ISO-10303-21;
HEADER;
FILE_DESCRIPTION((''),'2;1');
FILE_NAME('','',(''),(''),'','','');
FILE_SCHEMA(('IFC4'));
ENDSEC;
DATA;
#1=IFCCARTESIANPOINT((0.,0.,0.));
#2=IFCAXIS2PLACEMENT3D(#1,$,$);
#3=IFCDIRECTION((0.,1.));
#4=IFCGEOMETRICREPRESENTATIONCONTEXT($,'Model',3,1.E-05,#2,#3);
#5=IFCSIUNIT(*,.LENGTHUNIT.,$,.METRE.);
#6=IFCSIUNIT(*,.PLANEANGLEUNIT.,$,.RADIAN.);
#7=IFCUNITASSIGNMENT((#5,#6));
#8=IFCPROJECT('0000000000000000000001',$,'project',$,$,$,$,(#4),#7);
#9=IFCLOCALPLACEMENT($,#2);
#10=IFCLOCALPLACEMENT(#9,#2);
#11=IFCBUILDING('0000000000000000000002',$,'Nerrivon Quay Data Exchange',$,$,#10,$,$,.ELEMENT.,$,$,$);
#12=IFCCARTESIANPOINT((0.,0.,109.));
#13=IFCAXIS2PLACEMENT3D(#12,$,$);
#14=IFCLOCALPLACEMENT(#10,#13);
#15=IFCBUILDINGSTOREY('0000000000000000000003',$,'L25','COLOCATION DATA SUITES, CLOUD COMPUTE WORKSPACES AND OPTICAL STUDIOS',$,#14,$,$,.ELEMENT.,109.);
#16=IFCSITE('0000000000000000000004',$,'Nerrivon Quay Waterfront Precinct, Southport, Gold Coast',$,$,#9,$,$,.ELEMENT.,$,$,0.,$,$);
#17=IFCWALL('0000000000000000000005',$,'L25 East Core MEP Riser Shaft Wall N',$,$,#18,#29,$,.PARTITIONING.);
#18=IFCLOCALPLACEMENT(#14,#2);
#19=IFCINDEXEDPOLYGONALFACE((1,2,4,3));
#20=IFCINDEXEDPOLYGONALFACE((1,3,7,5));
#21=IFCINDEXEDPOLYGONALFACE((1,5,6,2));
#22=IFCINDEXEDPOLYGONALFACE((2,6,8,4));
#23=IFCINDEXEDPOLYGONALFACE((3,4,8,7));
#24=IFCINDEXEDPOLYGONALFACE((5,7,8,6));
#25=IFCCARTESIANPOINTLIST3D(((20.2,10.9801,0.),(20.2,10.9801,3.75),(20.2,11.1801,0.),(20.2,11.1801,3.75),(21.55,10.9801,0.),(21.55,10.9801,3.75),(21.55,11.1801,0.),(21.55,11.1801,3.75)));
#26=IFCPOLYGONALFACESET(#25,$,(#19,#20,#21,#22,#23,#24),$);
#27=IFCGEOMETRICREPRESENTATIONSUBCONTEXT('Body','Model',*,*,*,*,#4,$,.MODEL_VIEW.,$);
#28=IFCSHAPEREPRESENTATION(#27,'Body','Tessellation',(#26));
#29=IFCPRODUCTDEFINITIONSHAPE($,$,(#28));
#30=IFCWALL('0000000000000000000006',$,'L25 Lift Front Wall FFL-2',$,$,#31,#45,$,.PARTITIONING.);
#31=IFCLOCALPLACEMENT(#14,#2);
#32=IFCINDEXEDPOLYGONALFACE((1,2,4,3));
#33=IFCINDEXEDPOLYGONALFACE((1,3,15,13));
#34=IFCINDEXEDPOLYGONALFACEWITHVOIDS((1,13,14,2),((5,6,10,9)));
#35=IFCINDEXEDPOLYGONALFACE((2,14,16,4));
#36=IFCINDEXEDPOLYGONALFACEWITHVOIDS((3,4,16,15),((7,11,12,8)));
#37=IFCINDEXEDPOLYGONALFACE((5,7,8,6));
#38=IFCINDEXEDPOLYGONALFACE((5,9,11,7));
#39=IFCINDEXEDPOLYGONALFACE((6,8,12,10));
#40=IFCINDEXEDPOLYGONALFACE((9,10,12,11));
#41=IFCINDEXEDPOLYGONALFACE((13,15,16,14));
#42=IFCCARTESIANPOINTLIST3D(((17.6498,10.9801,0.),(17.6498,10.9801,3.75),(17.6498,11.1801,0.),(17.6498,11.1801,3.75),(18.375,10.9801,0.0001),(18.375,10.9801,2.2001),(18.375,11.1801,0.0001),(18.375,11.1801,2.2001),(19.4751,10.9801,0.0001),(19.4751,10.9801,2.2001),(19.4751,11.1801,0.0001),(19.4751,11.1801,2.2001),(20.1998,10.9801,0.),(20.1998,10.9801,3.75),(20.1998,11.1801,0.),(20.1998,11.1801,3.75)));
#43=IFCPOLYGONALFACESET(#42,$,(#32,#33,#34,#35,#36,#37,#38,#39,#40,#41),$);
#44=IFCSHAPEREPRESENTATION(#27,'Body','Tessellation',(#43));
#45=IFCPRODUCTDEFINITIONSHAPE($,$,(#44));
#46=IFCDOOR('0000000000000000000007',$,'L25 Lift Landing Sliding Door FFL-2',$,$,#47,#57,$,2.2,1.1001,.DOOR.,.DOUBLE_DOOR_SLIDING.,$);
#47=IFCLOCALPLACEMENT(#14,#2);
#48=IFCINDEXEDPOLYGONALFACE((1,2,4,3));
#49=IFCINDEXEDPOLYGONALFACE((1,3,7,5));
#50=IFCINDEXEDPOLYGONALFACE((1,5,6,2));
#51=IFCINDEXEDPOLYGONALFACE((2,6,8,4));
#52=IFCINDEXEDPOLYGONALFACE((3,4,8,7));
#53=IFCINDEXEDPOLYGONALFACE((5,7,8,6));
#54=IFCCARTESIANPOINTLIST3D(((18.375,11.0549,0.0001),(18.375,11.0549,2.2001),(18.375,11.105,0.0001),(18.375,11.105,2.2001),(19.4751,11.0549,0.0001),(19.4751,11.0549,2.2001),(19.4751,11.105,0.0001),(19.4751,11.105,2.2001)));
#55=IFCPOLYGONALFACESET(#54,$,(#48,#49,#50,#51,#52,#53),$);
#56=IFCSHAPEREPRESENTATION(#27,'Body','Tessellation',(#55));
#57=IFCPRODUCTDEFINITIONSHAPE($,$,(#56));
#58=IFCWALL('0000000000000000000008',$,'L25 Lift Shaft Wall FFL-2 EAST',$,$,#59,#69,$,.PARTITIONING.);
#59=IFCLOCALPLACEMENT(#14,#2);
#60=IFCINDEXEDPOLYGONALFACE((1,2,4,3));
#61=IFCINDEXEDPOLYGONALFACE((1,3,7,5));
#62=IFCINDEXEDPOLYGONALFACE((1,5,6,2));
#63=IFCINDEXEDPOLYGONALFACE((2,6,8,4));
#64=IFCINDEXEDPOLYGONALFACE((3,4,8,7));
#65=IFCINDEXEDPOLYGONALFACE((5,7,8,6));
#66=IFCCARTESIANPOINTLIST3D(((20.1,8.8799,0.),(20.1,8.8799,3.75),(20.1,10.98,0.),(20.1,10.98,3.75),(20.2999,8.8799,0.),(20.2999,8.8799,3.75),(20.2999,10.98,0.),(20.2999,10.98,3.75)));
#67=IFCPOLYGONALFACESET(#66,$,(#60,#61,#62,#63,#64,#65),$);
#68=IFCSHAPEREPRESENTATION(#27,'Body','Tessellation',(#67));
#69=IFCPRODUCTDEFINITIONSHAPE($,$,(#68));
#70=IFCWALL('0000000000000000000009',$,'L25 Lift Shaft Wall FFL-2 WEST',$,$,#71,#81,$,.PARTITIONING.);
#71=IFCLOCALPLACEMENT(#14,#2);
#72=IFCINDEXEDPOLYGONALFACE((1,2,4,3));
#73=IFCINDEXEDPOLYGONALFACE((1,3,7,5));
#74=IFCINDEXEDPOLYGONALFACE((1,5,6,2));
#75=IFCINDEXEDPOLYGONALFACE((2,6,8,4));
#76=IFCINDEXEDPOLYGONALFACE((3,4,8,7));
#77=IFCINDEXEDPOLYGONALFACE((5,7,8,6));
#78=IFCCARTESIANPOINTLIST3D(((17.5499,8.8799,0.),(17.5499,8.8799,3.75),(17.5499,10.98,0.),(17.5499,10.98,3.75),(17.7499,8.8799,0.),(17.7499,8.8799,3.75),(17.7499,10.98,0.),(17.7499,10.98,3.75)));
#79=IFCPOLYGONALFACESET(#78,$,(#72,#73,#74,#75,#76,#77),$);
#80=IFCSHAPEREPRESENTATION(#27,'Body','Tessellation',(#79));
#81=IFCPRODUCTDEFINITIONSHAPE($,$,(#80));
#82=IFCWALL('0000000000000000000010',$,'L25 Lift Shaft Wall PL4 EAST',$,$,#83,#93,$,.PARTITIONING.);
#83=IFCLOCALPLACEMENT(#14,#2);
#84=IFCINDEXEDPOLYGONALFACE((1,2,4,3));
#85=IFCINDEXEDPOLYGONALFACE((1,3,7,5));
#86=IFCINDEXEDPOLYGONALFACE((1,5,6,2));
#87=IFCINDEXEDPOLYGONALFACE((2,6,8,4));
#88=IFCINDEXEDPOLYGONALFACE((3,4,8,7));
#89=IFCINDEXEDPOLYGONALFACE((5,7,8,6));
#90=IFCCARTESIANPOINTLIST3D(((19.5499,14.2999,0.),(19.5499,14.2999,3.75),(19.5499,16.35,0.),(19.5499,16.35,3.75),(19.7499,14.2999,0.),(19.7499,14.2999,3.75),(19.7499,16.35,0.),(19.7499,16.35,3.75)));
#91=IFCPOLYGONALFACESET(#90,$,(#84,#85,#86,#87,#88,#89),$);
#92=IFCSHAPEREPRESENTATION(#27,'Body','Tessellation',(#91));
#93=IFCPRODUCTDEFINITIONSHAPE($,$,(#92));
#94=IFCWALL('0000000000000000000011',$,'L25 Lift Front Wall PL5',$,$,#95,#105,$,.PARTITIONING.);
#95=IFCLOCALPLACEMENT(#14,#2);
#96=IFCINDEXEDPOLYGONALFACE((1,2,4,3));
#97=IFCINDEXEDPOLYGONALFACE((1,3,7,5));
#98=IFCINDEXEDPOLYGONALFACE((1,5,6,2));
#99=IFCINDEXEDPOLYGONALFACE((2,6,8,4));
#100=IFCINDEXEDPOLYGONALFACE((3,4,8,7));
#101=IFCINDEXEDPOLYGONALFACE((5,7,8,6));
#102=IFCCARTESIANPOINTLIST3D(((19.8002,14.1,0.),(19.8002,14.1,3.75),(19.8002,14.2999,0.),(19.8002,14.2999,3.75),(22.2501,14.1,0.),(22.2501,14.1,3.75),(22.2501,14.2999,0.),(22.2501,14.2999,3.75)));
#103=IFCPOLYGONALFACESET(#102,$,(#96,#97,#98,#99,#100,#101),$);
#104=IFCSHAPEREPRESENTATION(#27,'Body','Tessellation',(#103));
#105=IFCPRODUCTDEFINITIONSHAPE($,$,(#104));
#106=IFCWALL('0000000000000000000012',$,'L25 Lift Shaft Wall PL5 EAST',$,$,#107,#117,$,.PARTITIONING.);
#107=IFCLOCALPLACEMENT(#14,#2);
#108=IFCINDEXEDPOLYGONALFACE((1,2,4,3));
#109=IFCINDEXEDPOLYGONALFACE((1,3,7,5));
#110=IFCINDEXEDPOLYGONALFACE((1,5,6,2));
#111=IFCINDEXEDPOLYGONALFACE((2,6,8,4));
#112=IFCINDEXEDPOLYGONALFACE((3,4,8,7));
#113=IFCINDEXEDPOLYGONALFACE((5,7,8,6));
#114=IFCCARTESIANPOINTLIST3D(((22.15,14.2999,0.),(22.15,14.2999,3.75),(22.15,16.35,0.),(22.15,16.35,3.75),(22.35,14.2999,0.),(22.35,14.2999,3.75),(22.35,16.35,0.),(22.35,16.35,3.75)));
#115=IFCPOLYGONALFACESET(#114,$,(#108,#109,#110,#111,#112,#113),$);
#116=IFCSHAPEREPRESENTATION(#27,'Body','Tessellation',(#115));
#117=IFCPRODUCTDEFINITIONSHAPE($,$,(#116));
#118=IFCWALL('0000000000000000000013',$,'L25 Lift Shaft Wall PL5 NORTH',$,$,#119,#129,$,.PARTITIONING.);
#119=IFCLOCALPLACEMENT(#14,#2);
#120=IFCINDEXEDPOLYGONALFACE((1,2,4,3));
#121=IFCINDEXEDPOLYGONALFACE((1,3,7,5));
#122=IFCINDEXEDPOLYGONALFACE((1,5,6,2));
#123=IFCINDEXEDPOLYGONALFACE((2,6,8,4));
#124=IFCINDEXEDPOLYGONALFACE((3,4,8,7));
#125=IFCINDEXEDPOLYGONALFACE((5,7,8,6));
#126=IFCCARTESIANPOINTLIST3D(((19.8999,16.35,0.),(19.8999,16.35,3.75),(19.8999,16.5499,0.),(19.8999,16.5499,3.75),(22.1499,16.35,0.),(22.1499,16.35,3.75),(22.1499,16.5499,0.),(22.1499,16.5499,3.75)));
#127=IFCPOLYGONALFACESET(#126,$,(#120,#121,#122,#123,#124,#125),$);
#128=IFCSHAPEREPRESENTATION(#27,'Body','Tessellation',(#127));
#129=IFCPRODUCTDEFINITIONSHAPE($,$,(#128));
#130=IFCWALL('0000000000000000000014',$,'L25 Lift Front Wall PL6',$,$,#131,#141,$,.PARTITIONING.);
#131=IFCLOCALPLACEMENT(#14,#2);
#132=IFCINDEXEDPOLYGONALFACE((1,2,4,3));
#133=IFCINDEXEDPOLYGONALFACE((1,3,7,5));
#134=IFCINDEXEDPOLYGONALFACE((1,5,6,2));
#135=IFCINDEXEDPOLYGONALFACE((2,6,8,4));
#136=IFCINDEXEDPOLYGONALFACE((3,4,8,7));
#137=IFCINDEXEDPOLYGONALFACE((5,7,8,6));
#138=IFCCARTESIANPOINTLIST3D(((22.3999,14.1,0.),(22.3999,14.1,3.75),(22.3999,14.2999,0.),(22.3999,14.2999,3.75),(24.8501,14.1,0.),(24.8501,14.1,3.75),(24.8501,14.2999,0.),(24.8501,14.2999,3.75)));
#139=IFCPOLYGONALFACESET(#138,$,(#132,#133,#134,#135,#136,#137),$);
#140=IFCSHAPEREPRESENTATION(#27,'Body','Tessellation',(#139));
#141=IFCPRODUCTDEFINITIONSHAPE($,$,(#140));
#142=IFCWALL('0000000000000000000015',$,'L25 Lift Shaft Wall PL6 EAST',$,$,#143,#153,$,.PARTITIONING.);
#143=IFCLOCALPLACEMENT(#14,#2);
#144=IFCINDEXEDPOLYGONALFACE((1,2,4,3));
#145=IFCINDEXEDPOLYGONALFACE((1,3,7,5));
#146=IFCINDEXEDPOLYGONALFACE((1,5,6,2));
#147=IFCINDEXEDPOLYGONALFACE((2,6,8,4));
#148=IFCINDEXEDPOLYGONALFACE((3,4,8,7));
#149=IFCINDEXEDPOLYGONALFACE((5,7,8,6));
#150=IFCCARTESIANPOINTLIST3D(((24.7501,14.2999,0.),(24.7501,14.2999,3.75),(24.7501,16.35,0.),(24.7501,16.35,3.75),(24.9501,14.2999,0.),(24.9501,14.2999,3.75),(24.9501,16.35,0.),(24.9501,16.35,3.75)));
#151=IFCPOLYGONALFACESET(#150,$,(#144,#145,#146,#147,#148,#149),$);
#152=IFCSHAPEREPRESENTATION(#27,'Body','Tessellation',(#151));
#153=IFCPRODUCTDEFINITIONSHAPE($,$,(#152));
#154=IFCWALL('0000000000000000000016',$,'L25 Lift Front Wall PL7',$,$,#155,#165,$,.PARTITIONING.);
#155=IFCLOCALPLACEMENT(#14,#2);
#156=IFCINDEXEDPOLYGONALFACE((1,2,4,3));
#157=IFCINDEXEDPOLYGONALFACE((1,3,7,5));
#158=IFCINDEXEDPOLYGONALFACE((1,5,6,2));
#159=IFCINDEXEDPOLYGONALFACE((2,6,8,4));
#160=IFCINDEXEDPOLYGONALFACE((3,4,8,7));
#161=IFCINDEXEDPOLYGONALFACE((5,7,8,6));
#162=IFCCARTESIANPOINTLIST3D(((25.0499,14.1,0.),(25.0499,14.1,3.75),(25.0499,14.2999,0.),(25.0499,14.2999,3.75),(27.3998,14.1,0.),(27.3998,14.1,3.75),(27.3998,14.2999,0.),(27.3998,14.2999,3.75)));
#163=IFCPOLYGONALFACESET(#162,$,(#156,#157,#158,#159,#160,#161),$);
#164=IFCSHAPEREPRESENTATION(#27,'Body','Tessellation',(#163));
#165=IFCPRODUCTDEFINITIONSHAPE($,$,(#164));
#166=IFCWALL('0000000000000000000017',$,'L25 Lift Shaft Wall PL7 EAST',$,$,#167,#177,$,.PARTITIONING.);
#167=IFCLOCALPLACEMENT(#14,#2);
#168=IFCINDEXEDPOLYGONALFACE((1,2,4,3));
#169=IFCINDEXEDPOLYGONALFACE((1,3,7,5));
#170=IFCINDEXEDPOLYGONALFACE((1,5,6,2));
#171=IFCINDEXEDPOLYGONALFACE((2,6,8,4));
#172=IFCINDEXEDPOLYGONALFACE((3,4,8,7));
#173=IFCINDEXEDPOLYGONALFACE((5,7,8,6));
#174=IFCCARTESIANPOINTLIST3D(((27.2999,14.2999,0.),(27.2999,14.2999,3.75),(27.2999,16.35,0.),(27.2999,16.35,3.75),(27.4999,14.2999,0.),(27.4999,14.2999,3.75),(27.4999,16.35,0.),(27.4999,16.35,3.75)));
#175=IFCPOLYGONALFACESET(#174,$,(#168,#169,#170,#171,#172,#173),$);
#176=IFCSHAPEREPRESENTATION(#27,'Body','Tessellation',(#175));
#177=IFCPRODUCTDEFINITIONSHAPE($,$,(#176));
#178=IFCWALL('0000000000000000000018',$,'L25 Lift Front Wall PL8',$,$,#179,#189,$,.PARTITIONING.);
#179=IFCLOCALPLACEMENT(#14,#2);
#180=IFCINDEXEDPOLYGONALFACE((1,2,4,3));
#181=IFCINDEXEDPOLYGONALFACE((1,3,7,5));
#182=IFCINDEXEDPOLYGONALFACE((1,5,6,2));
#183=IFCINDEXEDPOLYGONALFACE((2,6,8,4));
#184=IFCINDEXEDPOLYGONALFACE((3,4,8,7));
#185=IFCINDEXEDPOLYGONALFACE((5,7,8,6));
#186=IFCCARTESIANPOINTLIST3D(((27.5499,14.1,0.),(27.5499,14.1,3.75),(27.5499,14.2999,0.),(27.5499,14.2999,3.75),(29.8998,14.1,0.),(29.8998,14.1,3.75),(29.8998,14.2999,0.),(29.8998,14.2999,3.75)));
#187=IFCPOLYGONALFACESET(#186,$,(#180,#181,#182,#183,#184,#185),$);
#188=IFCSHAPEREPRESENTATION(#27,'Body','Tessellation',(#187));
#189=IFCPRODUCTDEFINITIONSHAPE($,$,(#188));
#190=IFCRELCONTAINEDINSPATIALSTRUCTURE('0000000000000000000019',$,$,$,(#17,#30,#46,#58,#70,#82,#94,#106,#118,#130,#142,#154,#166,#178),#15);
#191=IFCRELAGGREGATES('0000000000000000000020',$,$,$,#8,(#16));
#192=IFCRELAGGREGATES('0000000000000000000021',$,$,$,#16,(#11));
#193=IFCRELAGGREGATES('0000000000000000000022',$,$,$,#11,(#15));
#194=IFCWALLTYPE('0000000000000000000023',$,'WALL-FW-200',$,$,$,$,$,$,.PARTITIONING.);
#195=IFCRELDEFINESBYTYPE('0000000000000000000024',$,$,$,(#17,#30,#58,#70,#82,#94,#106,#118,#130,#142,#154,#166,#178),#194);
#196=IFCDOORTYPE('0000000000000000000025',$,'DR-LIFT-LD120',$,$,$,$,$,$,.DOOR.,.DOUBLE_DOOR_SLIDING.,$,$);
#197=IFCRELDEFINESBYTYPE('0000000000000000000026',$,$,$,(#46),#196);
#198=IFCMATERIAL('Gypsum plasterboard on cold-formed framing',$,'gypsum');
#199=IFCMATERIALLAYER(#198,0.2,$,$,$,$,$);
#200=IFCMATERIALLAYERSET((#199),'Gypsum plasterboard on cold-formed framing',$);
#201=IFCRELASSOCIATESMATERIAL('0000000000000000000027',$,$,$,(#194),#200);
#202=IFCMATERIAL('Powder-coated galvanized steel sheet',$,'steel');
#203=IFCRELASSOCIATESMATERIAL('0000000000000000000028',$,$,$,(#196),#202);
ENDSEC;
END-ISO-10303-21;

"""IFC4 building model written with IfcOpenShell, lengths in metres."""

from ifc_helpers import new_model, si_unit, direction, frame, frame_2d, origin, place, context, subcontext, project, spatial, rectangle, extrude, material, layer, layer_set, type_object, element, fill, save


model = new_model("IFC4")

# Units and contexts
model_context = context("Model", 3, precision=1e-05, world=origin(), true_north=direction((0.0, 1.0)))
body_context = subcontext(model_context, "Body", "Model", "MODEL_VIEW")
ifc_project = project(units=[si_unit("LENGTHUNIT", "METRE"), si_unit("PLANEANGLEUNIT", "RADIAN")], contexts=[model_context])

# Site, building, storey
site_placement = place(None, origin())
site = spatial("IfcSite", under=ifc_project, at=site_placement, Name="Nerrivon Quay Waterfront Precinct, Southport, Gold Coast", CompositionType="ELEMENT", RefElevation=0.0)
building_placement = place(site_placement, origin())
building = spatial("IfcBuilding", under=site, at=building_placement, Name="Nerrivon Quay Data Exchange", CompositionType="ELEMENT")
storey_placement = place(building_placement, frame((0.0, 0.0, 109.0)))
storey = spatial("IfcBuildingStorey", under=building, at=storey_placement, Name="L25", Description="COLOCATION DATA SUITES, CLOUD COMPUTE WORKSPACES AND OPTICAL STUDIOS", CompositionType="ELEMENT", Elevation=109.0)

# Wall
ifc_material_1 = material(Name="Gypsum plasterboard on cold-formed framing", Category="gypsum")
ifc_layer_1 = layer(ifc_material_1, 0.2)
ifc_layer_set_1 = layer_set([ifc_layer_1], Name="Gypsum plasterboard on cold-formed framing")
wall_type_1 = type_object("IfcWallType", Name="WALL-FW-200", PredefinedType="PARTITIONING", material=ifc_layer_set_1)
wall_1_placement = place(storey_placement, frame((20.2, 11.0801, 0.0), z_axis=(0.0, 0.0, 1.0), x_axis=(1.0, 0.0, 0.0)))
element("IfcWall", 1, at=wall_1_placement, inside=storey, type_object=wall_type_1, Name="L25 East Core MEP Riser Shaft Wall N", PredefinedType="PARTITIONING", context=body_context, shape_type="SweptSolid", body=[
    extrude(rectangle(XDim=1.3501, YDim=0.2, at=frame_2d((0.675, 0.0))), origin(), (0.0, 0.0, 1.0), 3.75),
])

# Wall, opening, door
wall_2_placement = place(storey_placement, frame((17.6499, 11.0801, 0.0), z_axis=(0.0, 0.0, 1.0), x_axis=(1.0, 0.0, 0.0)))
wall_2 = element("IfcWall", 2, at=wall_2_placement, inside=storey, type_object=wall_type_1, Name="L25 Lift Front Wall FFL-2", PredefinedType="PARTITIONING", context=body_context, shape_type="SweptSolid", body=[
    extrude(rectangle(XDim=2.55, YDim=0.2, at=frame_2d((1.2749, 0.0))), origin(), (0.0, 0.0, 1.0), 3.75),
])
opening_1_placement = place(wall_2_placement, frame((0.7251, 0.0, 0.0)))
opening_1 = element("IfcOpeningElement", 3, at=opening_1_placement, cuts=wall_2, PredefinedType="OPENING", context=body_context, shape_type="SweptSolid", body=[
    extrude(rectangle(XDim=1.1001, YDim=2.2, at=frame_2d((0.55, 1.1001))), frame((0.0, 0.1099, 0.0), z_axis=(0.0, -1.0, 0.0), x_axis=(1.0, 0.0, 0.0)), (0.0, 0.0, 1.0), 0.22),
])
ifc_material_2 = material(Name="Powder-coated galvanized steel sheet", Category="steel")
door_type_1 = type_object("IfcDoorType", Name="DR-LIFT-LD120", OperationType="DOUBLE_DOOR_SLIDING", PredefinedType="DOOR", material=ifc_material_2)
door_1_placement = place(opening_1_placement, origin())
door_1 = element("IfcDoor", 4, at=door_1_placement, inside=storey, type_object=door_type_1, Name="L25 Lift Landing Sliding Door FFL-2", OperationType="DOUBLE_DOOR_SLIDING", OverallHeight=2.2, OverallWidth=1.1001, PredefinedType="DOOR", context=body_context, shape_type="SweptSolid", body=[
    extrude(rectangle(XDim=1.1001, YDim=2.2, at=frame_2d((0.55, 1.1001))), frame((0.0, 0.0249, 0.0), z_axis=(0.0, -1.0, 0.0), x_axis=(1.0, 0.0, 0.0)), (0.0, 0.0, 1.0), 0.05),
])
fill(opening_1, door_1)

# Walls
for number, where, z_axis, x_axis, name in (
    (5, (20.2, 8.8799, 0.0), (0.0, 0.0, 1.0), (0.0, 1.0, 0.0), "L25 Lift Shaft Wall FFL-2 EAST"),
    (6, (17.6499, 8.8799, 0.0), (0.0, 0.0, 1.0), (0.0, 1.0, 0.0), "L25 Lift Shaft Wall FFL-2 WEST"),
):
    element("IfcWall", number, at=place(storey_placement, frame(where, z_axis=z_axis, x_axis=x_axis)), inside=storey, type_object=wall_type_1, Name=name, PredefinedType="PARTITIONING", context=body_context, shape_type="SweptSolid", body=[
        extrude(rectangle(XDim=2.1001, YDim=0.2, at=frame_2d((1.05, 0.0))), origin(), (0.0, 0.0, 1.0), 3.75),
    ])
wall_3_placement = place(storey_placement, frame((19.6499, 14.3, 0.0), z_axis=(0.0, 0.0, 1.0), x_axis=(0.0, 1.0, 0.0)))
element("IfcWall", 7, at=wall_3_placement, inside=storey, type_object=wall_type_1, Name="L25 Lift Shaft Wall PL4 EAST", PredefinedType="PARTITIONING", context=body_context, shape_type="SweptSolid", body=[
    extrude(rectangle(XDim=2.05, YDim=0.2, at=frame_2d((1.0249, 0.0))), origin(), (0.0, 0.0, 1.0), 3.75),
])
wall_4_placement = place(storey_placement, frame((19.8, 14.2, 0.0), z_axis=(0.0, 0.0, 1.0), x_axis=(1.0, 0.0, 0.0)))
element("IfcWall", 8, at=wall_4_placement, inside=storey, type_object=wall_type_1, Name="L25 Lift Front Wall PL5", PredefinedType="PARTITIONING", context=body_context, shape_type="SweptSolid", body=[
    extrude(rectangle(XDim=2.45, YDim=0.2, at=frame_2d((1.2251, 0.0))), origin(), (0.0, 0.0, 1.0), 3.75),
])
wall_5_placement = place(storey_placement, frame((22.25, 14.3, 0.0), z_axis=(0.0, 0.0, 1.0), x_axis=(0.0, 1.0, 0.0)))
element("IfcWall", 9, at=wall_5_placement, inside=storey, type_object=wall_type_1, Name="L25 Lift Shaft Wall PL5 EAST", PredefinedType="PARTITIONING", context=body_context, shape_type="SweptSolid", body=[
    extrude(rectangle(XDim=2.05, YDim=0.2, at=frame_2d((1.0249, 0.0))), origin(), (0.0, 0.0, 1.0), 3.75),
])
wall_6_placement = place(storey_placement, frame((19.8999, 16.45, 0.0), z_axis=(0.0, 0.0, 1.0), x_axis=(1.0, 0.0, 0.0)))
element("IfcWall", 10, at=wall_6_placement, inside=storey, type_object=wall_type_1, Name="L25 Lift Shaft Wall PL5 NORTH", PredefinedType="PARTITIONING", context=body_context, shape_type="SweptSolid", body=[
    extrude(rectangle(XDim=2.25, YDim=0.2, at=frame_2d((1.125, 0.0))), origin(), (0.0, 0.0, 1.0), 3.75),
])
wall_7_placement = place(storey_placement, frame((22.3999, 14.2, 0.0), z_axis=(0.0, 0.0, 1.0), x_axis=(1.0, 0.0, 0.0)))
element("IfcWall", 11, at=wall_7_placement, inside=storey, type_object=wall_type_1, Name="L25 Lift Front Wall PL6", PredefinedType="PARTITIONING", context=body_context, shape_type="SweptSolid", body=[
    extrude(rectangle(XDim=2.4502, YDim=0.2, at=frame_2d((1.2251, 0.0))), origin(), (0.0, 0.0, 1.0), 3.75),
])
wall_8_placement = place(storey_placement, frame((24.8501, 14.3, 0.0), z_axis=(0.0, 0.0, 1.0), x_axis=(0.0, 1.0, 0.0)))
element("IfcWall", 12, at=wall_8_placement, inside=storey, type_object=wall_type_1, Name="L25 Lift Shaft Wall PL6 EAST", PredefinedType="PARTITIONING", context=body_context, shape_type="SweptSolid", body=[
    extrude(rectangle(XDim=2.05, YDim=0.2, at=frame_2d((1.0249, 0.0))), origin(), (0.0, 0.0, 1.0), 3.75),
])
wall_9_placement = place(storey_placement, frame((25.05, 14.2, 0.0), z_axis=(0.0, 0.0, 1.0), x_axis=(1.0, 0.0, 0.0)))
element("IfcWall", 13, at=wall_9_placement, inside=storey, type_object=wall_type_1, Name="L25 Lift Front Wall PL7", PredefinedType="PARTITIONING", context=body_context, shape_type="SweptSolid", body=[
    extrude(rectangle(XDim=2.3499, YDim=0.2, at=frame_2d((1.1748, 0.0))), origin(), (0.0, 0.0, 1.0), 3.75),
])
wall_10_placement = place(storey_placement, frame((27.3999, 14.3, 0.0), z_axis=(0.0, 0.0, 1.0), x_axis=(0.0, 1.0, 0.0)))
element("IfcWall", 14, at=wall_10_placement, inside=storey, type_object=wall_type_1, Name="L25 Lift Shaft Wall PL7 EAST", PredefinedType="PARTITIONING", context=body_context, shape_type="SweptSolid", body=[
    extrude(rectangle(XDim=2.05, YDim=0.2, at=frame_2d((1.0249, 0.0))), origin(), (0.0, 0.0, 1.0), 3.75),
])
wall_11_placement = place(storey_placement, frame((27.55, 14.2, 0.0), z_axis=(0.0, 0.0, 1.0), x_axis=(1.0, 0.0, 0.0)))
element("IfcWall", 15, at=wall_11_placement, inside=storey, type_object=wall_type_1, Name="L25 Lift Front Wall PL8", PredefinedType="PARTITIONING", context=body_context, shape_type="SweptSolid", body=[
    extrude(rectangle(XDim=2.3499, YDim=0.2, at=frame_2d((1.1748, 0.0))), origin(), (0.0, 0.0, 1.0), 3.75),
])

save(model, "model.ifc")
